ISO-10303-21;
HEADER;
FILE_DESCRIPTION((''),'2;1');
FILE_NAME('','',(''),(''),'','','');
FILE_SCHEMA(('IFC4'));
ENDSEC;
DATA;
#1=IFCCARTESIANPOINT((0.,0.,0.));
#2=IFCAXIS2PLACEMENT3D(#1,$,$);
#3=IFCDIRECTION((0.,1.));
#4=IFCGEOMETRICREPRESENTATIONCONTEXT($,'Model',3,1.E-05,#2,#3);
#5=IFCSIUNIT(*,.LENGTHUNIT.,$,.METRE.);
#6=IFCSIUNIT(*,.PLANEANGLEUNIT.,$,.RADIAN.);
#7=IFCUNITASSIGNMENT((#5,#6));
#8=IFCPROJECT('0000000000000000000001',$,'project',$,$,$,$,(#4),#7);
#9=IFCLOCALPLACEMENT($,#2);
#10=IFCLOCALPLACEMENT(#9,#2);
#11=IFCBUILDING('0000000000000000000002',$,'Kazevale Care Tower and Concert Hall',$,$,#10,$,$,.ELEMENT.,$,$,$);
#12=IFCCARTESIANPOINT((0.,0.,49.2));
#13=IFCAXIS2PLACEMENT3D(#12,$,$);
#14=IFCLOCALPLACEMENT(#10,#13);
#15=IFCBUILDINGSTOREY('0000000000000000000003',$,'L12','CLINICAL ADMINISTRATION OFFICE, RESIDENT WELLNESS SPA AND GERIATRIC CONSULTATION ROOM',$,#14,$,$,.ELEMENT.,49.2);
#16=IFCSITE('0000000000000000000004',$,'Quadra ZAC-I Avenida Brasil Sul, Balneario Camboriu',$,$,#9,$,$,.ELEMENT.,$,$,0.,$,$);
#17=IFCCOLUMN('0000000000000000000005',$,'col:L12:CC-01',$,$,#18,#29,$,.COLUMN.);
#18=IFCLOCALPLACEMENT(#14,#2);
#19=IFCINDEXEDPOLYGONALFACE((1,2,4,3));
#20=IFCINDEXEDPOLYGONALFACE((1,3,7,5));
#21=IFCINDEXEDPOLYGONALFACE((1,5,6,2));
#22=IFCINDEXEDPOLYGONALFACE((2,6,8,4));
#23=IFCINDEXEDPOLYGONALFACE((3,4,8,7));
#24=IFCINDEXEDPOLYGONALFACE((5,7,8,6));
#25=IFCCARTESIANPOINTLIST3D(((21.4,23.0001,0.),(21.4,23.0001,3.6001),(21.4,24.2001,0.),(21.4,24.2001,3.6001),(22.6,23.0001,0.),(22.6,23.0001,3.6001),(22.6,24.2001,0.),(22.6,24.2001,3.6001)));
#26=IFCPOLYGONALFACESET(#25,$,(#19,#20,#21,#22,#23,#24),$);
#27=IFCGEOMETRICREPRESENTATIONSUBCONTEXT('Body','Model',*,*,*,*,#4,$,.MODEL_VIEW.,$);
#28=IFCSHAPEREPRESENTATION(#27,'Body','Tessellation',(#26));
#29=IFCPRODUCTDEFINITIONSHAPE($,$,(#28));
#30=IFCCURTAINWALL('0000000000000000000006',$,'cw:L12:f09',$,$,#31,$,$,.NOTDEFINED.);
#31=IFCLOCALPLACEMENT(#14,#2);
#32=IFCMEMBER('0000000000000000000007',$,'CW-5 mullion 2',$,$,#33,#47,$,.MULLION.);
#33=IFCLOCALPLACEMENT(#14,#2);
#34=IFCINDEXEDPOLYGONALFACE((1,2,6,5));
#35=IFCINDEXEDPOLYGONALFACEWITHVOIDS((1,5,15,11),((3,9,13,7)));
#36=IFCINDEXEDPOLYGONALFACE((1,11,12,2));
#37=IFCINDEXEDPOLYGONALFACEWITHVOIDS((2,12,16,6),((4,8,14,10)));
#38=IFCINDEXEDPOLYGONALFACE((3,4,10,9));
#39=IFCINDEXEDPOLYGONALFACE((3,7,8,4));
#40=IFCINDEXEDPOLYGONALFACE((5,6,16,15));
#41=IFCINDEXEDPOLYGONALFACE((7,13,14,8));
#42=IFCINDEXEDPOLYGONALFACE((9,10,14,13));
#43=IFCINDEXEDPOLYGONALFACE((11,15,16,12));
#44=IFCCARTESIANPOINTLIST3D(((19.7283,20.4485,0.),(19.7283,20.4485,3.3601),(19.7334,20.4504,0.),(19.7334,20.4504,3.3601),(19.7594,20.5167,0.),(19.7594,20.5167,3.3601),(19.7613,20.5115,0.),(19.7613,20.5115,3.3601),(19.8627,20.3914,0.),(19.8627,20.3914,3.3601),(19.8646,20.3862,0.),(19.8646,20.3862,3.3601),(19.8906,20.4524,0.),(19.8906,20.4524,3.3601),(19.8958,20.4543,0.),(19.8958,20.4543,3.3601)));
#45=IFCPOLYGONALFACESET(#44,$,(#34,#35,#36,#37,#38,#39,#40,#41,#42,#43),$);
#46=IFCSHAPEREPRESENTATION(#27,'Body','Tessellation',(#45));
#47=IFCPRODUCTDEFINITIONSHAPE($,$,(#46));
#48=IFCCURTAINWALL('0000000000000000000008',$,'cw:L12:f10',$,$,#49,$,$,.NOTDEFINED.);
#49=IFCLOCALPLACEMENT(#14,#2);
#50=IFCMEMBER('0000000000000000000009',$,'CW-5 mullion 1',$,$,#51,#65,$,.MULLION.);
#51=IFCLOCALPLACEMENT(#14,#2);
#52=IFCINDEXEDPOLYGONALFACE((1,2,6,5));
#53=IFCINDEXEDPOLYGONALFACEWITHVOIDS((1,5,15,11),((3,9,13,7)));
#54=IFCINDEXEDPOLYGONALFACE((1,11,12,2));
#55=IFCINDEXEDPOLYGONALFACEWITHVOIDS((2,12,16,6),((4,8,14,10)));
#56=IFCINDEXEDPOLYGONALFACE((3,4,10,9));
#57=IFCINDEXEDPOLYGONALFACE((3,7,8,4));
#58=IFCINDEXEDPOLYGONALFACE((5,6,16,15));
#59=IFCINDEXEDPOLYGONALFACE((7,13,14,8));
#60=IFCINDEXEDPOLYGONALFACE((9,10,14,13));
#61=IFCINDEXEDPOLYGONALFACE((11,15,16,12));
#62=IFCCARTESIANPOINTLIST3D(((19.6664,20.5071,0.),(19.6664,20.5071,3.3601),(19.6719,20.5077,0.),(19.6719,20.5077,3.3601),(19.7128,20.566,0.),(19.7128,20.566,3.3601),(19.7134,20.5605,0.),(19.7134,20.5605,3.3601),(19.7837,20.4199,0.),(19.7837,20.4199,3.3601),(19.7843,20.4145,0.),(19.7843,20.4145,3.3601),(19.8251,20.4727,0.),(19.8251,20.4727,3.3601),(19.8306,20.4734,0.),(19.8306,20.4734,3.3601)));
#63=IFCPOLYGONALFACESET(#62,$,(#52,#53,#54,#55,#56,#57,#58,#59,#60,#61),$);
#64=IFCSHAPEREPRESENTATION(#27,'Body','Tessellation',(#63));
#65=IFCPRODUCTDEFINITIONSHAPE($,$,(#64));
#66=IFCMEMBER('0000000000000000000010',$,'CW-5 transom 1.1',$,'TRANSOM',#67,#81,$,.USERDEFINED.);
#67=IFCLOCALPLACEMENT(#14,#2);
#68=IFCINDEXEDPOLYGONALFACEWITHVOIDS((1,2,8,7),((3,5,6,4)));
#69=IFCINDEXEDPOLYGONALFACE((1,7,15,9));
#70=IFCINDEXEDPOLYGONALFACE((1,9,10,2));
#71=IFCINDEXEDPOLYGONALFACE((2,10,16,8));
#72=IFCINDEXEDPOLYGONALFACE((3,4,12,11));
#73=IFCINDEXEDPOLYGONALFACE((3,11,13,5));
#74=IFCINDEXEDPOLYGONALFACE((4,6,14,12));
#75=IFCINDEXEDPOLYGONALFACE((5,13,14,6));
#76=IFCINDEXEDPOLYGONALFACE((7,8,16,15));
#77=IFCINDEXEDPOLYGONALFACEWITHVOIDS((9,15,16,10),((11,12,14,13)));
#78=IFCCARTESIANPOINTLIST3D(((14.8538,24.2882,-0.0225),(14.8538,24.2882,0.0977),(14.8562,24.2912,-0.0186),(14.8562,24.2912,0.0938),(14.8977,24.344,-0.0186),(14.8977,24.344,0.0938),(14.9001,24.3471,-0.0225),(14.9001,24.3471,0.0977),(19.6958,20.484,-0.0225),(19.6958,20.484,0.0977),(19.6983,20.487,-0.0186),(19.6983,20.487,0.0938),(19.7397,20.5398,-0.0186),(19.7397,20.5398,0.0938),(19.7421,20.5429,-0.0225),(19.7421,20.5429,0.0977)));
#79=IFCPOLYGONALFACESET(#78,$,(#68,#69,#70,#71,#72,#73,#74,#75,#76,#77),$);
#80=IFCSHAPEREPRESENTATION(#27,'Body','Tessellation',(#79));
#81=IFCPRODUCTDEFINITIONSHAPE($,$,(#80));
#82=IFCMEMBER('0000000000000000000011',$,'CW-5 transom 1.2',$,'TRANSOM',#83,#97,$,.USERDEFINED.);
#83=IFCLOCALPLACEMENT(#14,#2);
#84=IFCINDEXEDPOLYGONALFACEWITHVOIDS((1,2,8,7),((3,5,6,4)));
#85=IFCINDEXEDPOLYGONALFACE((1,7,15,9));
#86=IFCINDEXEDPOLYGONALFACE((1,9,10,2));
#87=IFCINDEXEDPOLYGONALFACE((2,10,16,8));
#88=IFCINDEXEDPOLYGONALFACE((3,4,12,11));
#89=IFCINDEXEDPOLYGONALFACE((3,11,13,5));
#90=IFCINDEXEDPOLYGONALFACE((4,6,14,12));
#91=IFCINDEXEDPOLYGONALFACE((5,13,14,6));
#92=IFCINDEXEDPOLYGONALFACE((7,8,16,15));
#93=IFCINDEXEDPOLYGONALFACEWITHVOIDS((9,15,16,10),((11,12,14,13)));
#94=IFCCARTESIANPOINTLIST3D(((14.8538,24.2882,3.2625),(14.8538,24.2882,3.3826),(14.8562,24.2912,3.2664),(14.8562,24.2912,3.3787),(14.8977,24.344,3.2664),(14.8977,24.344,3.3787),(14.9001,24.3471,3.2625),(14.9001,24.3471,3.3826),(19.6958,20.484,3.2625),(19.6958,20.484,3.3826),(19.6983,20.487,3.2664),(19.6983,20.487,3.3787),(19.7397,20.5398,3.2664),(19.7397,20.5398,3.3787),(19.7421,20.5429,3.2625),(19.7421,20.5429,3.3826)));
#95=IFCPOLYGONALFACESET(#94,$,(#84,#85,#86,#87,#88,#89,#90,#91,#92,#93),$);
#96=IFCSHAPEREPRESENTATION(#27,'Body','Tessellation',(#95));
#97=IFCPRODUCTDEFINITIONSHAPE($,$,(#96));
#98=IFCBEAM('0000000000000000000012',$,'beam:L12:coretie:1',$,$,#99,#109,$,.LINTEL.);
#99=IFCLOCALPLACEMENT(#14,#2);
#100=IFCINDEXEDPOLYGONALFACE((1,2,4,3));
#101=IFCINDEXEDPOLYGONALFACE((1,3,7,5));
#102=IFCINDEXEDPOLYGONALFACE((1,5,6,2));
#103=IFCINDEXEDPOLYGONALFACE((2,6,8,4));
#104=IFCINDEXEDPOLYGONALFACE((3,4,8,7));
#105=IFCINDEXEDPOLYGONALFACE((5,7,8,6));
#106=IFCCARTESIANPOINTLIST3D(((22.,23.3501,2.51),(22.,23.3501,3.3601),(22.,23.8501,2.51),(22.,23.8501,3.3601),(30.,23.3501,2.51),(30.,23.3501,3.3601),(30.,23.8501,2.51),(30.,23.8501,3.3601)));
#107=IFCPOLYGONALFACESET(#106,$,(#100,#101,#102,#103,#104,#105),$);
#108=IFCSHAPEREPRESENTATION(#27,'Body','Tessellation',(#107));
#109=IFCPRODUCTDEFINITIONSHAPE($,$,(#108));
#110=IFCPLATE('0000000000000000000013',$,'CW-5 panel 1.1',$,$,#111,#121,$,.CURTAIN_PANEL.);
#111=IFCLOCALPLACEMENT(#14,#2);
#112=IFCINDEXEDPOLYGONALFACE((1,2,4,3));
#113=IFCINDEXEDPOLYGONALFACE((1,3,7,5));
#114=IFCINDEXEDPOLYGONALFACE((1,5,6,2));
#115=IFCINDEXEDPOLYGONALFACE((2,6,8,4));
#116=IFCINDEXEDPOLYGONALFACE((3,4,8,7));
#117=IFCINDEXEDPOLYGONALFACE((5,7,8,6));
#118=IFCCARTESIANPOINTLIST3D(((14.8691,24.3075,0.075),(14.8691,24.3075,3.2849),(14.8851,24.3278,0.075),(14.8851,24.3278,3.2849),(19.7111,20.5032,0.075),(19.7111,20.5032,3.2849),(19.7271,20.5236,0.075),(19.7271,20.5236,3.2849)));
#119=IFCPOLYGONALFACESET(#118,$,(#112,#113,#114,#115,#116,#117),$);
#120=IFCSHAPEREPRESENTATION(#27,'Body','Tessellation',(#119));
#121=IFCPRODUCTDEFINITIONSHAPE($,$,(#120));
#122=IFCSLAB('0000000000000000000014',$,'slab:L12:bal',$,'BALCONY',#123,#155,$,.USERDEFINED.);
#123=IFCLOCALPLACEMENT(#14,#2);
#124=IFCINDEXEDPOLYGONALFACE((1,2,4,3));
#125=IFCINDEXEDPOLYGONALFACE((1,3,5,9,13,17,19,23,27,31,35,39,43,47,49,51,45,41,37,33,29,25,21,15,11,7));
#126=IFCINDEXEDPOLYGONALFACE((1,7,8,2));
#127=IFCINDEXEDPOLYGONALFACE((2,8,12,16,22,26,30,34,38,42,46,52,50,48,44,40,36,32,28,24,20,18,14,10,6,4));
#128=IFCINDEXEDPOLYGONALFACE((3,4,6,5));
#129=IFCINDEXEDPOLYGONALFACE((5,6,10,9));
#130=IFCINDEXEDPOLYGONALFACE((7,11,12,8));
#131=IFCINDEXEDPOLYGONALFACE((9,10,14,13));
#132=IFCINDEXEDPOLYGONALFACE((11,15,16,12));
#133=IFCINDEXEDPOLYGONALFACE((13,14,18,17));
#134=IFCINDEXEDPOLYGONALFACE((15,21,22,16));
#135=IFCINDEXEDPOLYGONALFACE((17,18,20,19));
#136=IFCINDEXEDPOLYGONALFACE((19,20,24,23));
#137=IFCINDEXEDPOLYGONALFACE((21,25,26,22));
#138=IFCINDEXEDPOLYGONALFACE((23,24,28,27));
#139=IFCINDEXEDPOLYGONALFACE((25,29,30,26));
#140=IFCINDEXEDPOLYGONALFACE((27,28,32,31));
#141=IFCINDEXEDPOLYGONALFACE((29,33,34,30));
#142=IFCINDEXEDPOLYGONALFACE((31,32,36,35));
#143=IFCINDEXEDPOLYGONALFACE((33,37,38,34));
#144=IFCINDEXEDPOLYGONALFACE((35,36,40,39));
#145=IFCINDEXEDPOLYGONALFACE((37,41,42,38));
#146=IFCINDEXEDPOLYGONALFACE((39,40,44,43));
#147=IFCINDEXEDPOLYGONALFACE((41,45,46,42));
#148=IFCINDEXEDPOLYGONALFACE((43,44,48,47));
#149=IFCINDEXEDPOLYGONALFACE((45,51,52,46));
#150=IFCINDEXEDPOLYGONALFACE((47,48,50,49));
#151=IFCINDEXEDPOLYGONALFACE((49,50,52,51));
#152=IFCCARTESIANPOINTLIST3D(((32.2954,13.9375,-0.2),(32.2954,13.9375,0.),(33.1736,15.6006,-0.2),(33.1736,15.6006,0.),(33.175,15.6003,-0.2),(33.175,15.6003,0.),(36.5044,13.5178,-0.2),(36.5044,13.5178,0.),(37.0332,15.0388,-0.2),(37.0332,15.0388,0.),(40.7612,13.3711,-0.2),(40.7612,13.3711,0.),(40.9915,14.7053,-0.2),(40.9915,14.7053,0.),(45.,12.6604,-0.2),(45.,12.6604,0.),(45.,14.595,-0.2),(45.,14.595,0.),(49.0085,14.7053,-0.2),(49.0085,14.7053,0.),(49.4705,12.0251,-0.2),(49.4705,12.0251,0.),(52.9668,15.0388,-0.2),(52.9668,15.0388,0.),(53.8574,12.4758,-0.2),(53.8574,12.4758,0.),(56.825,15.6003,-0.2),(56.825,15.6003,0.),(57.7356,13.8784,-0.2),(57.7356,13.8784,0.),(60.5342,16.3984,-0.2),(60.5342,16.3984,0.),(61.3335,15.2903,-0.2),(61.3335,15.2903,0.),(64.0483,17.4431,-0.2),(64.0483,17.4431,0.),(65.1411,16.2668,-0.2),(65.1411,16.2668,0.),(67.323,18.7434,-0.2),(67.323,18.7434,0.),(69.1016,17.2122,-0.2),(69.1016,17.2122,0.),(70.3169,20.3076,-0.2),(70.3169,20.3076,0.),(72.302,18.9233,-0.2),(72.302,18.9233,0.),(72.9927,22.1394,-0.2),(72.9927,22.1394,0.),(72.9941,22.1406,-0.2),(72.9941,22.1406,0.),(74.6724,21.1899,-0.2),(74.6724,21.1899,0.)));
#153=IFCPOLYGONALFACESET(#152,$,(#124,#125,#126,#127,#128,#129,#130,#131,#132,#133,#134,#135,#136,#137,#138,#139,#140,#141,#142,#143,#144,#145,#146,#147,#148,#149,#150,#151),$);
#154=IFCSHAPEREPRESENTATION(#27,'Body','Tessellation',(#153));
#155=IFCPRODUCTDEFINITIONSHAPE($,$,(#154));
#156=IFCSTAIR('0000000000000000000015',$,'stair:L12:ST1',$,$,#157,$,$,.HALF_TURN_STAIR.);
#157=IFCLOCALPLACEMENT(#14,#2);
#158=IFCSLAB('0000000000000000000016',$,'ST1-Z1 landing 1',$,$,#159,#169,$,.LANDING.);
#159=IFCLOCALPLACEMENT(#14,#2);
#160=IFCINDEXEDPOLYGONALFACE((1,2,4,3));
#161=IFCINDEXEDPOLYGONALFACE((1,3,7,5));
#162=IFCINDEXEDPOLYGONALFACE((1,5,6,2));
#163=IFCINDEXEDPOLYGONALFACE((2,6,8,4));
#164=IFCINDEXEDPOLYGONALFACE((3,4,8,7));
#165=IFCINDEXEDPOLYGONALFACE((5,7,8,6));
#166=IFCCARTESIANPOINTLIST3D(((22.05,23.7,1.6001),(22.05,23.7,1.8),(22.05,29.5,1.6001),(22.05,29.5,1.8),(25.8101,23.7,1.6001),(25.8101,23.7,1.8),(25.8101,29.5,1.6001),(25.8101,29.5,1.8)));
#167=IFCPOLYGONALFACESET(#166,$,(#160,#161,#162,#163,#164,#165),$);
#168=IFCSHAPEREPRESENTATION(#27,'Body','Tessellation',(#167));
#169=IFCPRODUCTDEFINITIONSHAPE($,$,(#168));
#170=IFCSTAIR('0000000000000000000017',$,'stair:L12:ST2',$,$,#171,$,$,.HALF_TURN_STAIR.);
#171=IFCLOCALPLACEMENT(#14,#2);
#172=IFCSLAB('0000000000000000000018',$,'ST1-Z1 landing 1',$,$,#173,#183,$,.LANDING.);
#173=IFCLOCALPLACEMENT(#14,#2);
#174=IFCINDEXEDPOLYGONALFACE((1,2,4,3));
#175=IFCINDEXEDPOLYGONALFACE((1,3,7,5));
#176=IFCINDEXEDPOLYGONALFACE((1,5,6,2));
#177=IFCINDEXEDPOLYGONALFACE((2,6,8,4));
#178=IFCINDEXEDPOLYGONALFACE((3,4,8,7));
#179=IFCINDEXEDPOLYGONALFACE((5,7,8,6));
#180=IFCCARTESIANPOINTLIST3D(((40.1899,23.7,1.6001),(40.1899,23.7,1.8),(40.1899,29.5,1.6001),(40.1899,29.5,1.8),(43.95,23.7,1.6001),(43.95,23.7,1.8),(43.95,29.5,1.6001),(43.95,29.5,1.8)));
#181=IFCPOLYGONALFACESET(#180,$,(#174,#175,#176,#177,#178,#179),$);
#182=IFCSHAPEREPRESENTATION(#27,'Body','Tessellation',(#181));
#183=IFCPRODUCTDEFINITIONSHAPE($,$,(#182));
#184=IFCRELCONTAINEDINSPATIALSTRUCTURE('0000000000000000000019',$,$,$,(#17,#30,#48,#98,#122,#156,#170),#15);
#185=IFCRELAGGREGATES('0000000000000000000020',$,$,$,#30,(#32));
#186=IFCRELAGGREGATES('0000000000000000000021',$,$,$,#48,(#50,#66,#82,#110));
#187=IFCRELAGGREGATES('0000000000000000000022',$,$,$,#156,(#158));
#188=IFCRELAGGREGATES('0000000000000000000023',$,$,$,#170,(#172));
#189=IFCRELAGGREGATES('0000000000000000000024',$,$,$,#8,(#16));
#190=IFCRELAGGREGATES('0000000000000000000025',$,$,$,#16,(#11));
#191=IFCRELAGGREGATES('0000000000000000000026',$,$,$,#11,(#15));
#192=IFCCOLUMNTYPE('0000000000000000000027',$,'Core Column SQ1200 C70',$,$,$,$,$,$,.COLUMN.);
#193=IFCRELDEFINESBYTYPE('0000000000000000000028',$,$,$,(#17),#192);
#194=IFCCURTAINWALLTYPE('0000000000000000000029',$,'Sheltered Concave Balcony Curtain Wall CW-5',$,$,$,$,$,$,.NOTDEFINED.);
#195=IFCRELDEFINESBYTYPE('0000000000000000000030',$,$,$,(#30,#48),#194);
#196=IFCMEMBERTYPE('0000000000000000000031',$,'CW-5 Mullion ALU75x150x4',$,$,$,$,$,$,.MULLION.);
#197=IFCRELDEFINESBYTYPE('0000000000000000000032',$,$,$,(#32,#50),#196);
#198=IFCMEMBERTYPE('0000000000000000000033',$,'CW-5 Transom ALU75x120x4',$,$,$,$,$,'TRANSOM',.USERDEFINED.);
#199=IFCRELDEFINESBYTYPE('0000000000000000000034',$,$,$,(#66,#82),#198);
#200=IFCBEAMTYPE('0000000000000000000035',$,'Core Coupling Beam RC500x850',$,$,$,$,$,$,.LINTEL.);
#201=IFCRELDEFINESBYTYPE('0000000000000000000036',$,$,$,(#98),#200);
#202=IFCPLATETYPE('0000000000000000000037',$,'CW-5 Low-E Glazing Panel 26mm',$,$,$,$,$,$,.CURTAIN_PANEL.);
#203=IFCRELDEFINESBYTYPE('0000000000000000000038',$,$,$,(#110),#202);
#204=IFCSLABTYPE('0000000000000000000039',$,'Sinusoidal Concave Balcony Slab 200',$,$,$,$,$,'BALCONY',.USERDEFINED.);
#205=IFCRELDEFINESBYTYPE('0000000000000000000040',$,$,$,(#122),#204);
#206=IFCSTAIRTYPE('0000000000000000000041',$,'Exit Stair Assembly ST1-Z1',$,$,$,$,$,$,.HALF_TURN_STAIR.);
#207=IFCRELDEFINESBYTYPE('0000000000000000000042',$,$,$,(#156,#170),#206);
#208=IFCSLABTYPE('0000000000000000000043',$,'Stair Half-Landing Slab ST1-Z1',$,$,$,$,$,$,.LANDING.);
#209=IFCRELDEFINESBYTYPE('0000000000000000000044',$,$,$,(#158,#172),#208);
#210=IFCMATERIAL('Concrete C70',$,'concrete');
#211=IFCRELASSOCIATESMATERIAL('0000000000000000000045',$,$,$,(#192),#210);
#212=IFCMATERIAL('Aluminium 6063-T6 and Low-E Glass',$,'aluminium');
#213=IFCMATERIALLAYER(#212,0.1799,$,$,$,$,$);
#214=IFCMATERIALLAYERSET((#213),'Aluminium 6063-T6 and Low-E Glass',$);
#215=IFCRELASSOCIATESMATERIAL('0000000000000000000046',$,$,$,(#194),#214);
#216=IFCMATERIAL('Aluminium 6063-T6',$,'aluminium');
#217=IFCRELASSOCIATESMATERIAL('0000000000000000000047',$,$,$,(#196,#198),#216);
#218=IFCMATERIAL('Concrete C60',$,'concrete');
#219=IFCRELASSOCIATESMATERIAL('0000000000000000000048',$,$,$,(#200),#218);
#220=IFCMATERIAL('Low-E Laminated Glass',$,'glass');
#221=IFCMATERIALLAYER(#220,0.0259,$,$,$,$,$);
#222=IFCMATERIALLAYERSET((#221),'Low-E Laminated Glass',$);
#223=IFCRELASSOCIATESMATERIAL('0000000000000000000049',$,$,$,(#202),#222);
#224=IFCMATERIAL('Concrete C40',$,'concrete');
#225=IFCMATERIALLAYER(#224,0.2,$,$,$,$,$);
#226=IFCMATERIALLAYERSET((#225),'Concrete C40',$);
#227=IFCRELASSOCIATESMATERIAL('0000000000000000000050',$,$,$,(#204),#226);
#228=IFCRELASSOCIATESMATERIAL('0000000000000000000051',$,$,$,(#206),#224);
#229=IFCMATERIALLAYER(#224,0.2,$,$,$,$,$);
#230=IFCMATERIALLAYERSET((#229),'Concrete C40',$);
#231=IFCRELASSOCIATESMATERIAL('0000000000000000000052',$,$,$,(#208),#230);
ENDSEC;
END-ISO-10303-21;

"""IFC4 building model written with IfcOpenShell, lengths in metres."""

from ifc_helpers import new_model, si_unit, direction, frame, origin, origin_2d, place, context, subcontext, project, spatial, polyline, rectangle, hollow_rectangle, outline, extrude, material, layer, layer_set, material_profile, profile_set, type_object, element, aggregate, save


model = new_model("IFC4")

# Units and contexts
model_context = context("Model", 3, precision=1e-05, world=origin(), true_north=direction((0.0, 1.0)))
body_context = subcontext(model_context, "Body", "Model", "MODEL_VIEW")
ifc_project = project(units=[si_unit("LENGTHUNIT", "METRE"), si_unit("PLANEANGLEUNIT", "RADIAN")], contexts=[model_context])

# Site, building, storey
site_placement = place(None, origin())
site = spatial("IfcSite", under=ifc_project, at=site_placement, Name="Quadra ZAC-I Avenida Brasil Sul, Balneario Camboriu", CompositionType="ELEMENT", RefElevation=0.0)
building_placement = place(site_placement, origin())
building = spatial("IfcBuilding", under=site, at=building_placement, Name="Kazevale Care Tower and Concert Hall", CompositionType="ELEMENT")
storey_placement = place(building_placement, frame((0.0, 0.0, 49.2)))
storey = spatial("IfcBuildingStorey", under=building, at=storey_placement, Name="L12", Description="CLINICAL ADMINISTRATION OFFICE, RESIDENT WELLNESS SPA AND GERIATRIC CONSULTATION ROOM", CompositionType="ELEMENT", Elevation=49.2)

# Column
ifc_material_1 = material(Name="Concrete C70", Category="concrete")
ifc_material_profile_1 = material_profile(ifc_material_1, rectangle(XDim=1.2, YDim=1.2, at=origin_2d()), Name="RC-SQ1200")
ifc_profile_set_1 = profile_set([ifc_material_profile_1], Name="Concrete C70")
column_type = type_object("IfcColumnType", Name="Core Column SQ1200 C70", PredefinedType="COLUMN", material=ifc_profile_set_1)
column_placement = place(storey_placement, frame((22.0, 23.6001, 0.0), z_axis=(0.0, 0.0, 1.0), x_axis=(1.0, 0.0, 0.0)))
element("IfcColumn", 1, at=column_placement, inside=storey, type_object=column_type, Name="col:L12:CC-01", PredefinedType="COLUMN", context=body_context, shape_type="SweptSolid", body=[
    extrude(rectangle(XDim=1.2, YDim=1.2, at=origin_2d()), origin(), (0.0, 0.0, 1.0), 3.6001),
])

# Curtain wall, member
ifc_material_2 = material(Name="Aluminium 6063-T6 and Low-E Glass", Category="aluminium")
ifc_layer_1 = layer(ifc_material_2, 0.1799)
ifc_layer_set_1 = layer_set([ifc_layer_1], Name="Aluminium 6063-T6 and Low-E Glass")
curtain_wall_type = type_object("IfcCurtainWallType", Name="Sheltered Concave Balcony Curtain Wall CW-5", PredefinedType="NOTDEFINED", material=ifc_layer_set_1)
curtain_wall_1_placement = place(storey_placement, origin())
curtain_wall_1 = element("IfcCurtainWall", 2, at=curtain_wall_1_placement, inside=storey, type_object=curtain_wall_type, Name="cw:L12:f09", PredefinedType="NOTDEFINED")
ifc_material_3 = material(Name="Aluminium 6063-T6", Category="aluminium")
ifc_material_profile_2 = material_profile(ifc_material_3, hollow_rectangle(XDim=0.075, YDim=0.1499, WallThickness=0.0039, at=origin_2d()), Name="ALU75x150x4")
ifc_profile_set_2 = profile_set([ifc_material_profile_2], Name="Aluminium 6063-T6")
member_type_1 = type_object("IfcMemberType", Name="CW-5 Mullion ALU75x150x4", PredefinedType="MULLION", material=ifc_profile_set_2)
member_1_placement = place(storey_placement, frame((19.812, 20.4514, 0.0), z_axis=(0.0, 0.0, 1.0), x_axis=(-0.41566, -0.90952, 0.0)))
member_1 = element("IfcMember", 3, at=member_1_placement, type_object=member_type_1, Name="CW-5 mullion 2", PredefinedType="MULLION", context=body_context, shape_type="SweptSolid", body=[
    extrude(hollow_rectangle(XDim=0.075, YDim=0.1499, WallThickness=0.0039, at=origin_2d()), origin(), (0.0, 0.0, 1.0), 3.3601),
])
aggregate(curtain_wall_1, [member_1])

# Curtain wall, members
curtain_wall_2_placement = place(storey_placement, origin())
curtain_wall_2 = element("IfcCurtainWall", 4, at=curtain_wall_2_placement, inside=storey, type_object=curtain_wall_type, Name="cw:L12:f10", PredefinedType="NOTDEFINED")
member_2_placement = place(storey_placement, frame((19.7485, 20.4902, 0.0), z_axis=(0.0, 0.0, 1.0), x_axis=(-0.617808, -0.786329, 0.0)))
member_2 = element("IfcMember", 5, at=member_2_placement, type_object=member_type_1, Name="CW-5 mullion 1", PredefinedType="MULLION", context=body_context, shape_type="SweptSolid", body=[
    extrude(hollow_rectangle(XDim=0.075, YDim=0.1499, WallThickness=0.0039, at=origin_2d()), origin(), (0.0, 0.0, 1.0), 3.3601),
])
ifc_material_profile_3 = material_profile(ifc_material_3, hollow_rectangle(XDim=0.075, YDim=0.1201, WallThickness=0.0039, at=origin_2d()), Name="ALU75x120x4")
ifc_profile_set_3 = profile_set([ifc_material_profile_3], Name="Aluminium 6063-T6")
member_type_2 = type_object("IfcMemberType", Name="CW-5 Transom ALU75x120x4", ElementType="TRANSOM", PredefinedType="USERDEFINED", material=ifc_profile_set_3)
member_3_placement = place(storey_placement, frame((19.719, 20.5134, 0.0376), z_axis=(-0.786339, 0.617795, 0.0), x_axis=(-0.617795, -0.786339, 0.0)))
member_3 = element("IfcMember", 6, at=member_3_placement, type_object=member_type_2, Name="CW-5 transom 1.1", ObjectType="TRANSOM", PredefinedType="USERDEFINED", context=body_context, shape_type="SweptSolid", body=[
    extrude(hollow_rectangle(XDim=0.075, YDim=0.1201, WallThickness=0.0039, at=origin_2d()), origin(), (0.0, 0.0, 1.0), 6.1577),
])
member_4_placement = place(storey_placement, frame((19.719, 20.5134, 3.3225), z_axis=(-0.786339, 0.617795, 0.0), x_axis=(-0.617795, -0.786339, 0.0)))
member_4 = element("IfcMember", 7, at=member_4_placement, type_object=member_type_2, Name="CW-5 transom 1.2", ObjectType="TRANSOM", PredefinedType="USERDEFINED", context=body_context, shape_type="SweptSolid", body=[
    extrude(hollow_rectangle(XDim=0.075, YDim=0.1201, WallThickness=0.0039, at=origin_2d()), origin(), (0.0, 0.0, 1.0), 6.1577),
])

# Beam
ifc_material_4 = material(Name="Concrete C60", Category="concrete")
ifc_material_profile_4 = material_profile(ifc_material_4, rectangle(XDim=0.5, YDim=0.8501, at=origin_2d()), Name="RC-B500x850")
ifc_profile_set_4 = profile_set([ifc_material_profile_4], Name="Concrete C60")
beam_type = type_object("IfcBeamType", Name="Core Coupling Beam RC500x850", PredefinedType="LINTEL", material=ifc_profile_set_4)
beam_placement = place(storey_placement, frame((22.0, 23.6001, 2.9351), z_axis=(1.0, 0.0, 0.0), x_axis=(0.0, 1.0, 0.0)))
element("IfcBeam", 8, at=beam_placement, inside=storey, type_object=beam_type, Name="beam:L12:coretie:1", PredefinedType="LINTEL", context=body_context, shape_type="SweptSolid", body=[
    extrude(rectangle(XDim=0.5, YDim=0.8501, at=origin_2d()), origin(), (0.0, 0.0, 1.0), 8.0),
])

# Plate
ifc_material_5 = material(Name="Low-E Laminated Glass", Category="glass")
ifc_layer_2 = layer(ifc_material_5, 0.0259)
ifc_layer_set_2 = layer_set([ifc_layer_2], Name="Low-E Laminated Glass")
plate_type = type_object("IfcPlateType", Name="CW-5 Low-E Glazing Panel 26mm", PredefinedType="CURTAIN_PANEL", material=ifc_layer_set_2)
plate_placement = place(storey_placement, frame((17.2981, 22.4155, 0.075), z_axis=(0.0, 0.0, 1.0), x_axis=(-0.786329, 0.617808, 0.0)))
plate = element("IfcPlate", 9, at=plate_placement, type_object=plate_type, Name="CW-5 panel 1.1", PredefinedType="CURTAIN_PANEL", context=body_context, shape_type="SweptSolid", body=[
    extrude(rectangle(XDim=6.1577, YDim=0.0259, at=origin_2d()), origin(), (0.0, 0.0, 1.0), 3.21),
])
aggregate(curtain_wall_2, [member_2, member_3, member_4, plate])

# Slab
ifc_material_6 = material(Name="Concrete C40", Category="concrete")
ifc_layer_3 = layer(ifc_material_6, 0.2)
ifc_layer_set_3 = layer_set([ifc_layer_3], Name="Concrete C40")
slab_type_1 = type_object("IfcSlabType", Name="Sinusoidal Concave Balcony Slab 200", ElementType="BALCONY", PredefinedType="USERDEFINED", material=ifc_layer_set_3)
slab_1_placement = place(storey_placement, frame((0.0, 0.0, -0.2)))
element("IfcSlab", 10, at=slab_1_placement, inside=storey, type_object=slab_type_1, Name="slab:L12:bal", ObjectType="BALCONY", PredefinedType="USERDEFINED", context=body_context, shape_type="SweptSolid", body=[
    extrude(outline(polyline([(74.6724, 21.1899), (72.302, 18.9233), (69.1016, 17.2122), (65.1411, 16.2668), (61.3335, 15.2903), (57.7356, 13.8784), (53.8574, 12.4758), (49.4705, 12.0251), (45.0, 12.6604), (40.7612, 13.3711), (36.5044, 13.5178), (32.2954, 13.9375), (33.1736, 15.6006), (33.175, 15.6003), (37.0332, 15.0388), (40.9915, 14.7053), (45.0, 14.595), (49.0085, 14.7053), (52.9668, 15.0388), (56.825, 15.6003), (60.5342, 16.3984), (64.0483, 17.4431), (67.323, 18.7434), (70.3169, 20.3076), (72.9927, 22.1394), (72.9941, 22.1406), (74.6724, 21.1899)])), origin(), (0.0, 0.0, 1.0), 0.2),
])

# Stairs, slabs
stair_type = type_object("IfcStairType", Name="Exit Stair Assembly ST1-Z1", PredefinedType="HALF_TURN_STAIR", material=ifc_material_6)
stair_1_placement = place(storey_placement, origin())
stair_1 = element("IfcStair", 11, at=stair_1_placement, inside=storey, type_object=stair_type, Name="stair:L12:ST1", PredefinedType="HALF_TURN_STAIR")
ifc_layer_4 = layer(ifc_material_6, 0.2)
ifc_layer_set_4 = layer_set([ifc_layer_4], Name="Concrete C40")
slab_type_2 = type_object("IfcSlabType", Name="Stair Half-Landing Slab ST1-Z1", PredefinedType="LANDING", material=ifc_layer_set_4)
slab_2_placement = place(storey_placement, frame((0.0, 0.0, 1.6001)))
slab_2 = element("IfcSlab", 12, at=slab_2_placement, type_object=slab_type_2, Name="ST1-Z1 landing 1", PredefinedType="LANDING", context=body_context, shape_type="SweptSolid", body=[
    extrude(outline(polyline([(22.05, 23.7), (25.8101, 23.7), (25.8101, 29.5), (22.05, 29.5), (22.05, 23.7)])), origin(), (0.0, 0.0, 1.0), 0.2),
])
aggregate(stair_1, [slab_2])
stair_2_placement = place(storey_placement, origin())
stair_2 = element("IfcStair", 13, at=stair_2_placement, inside=storey, type_object=stair_type, Name="stair:L12:ST2", PredefinedType="HALF_TURN_STAIR")
slab_3_placement = place(storey_placement, frame((0.0, 0.0, 1.6001)))
slab_3 = element("IfcSlab", 14, at=slab_3_placement, type_object=slab_type_2, Name="ST1-Z1 landing 1", PredefinedType="LANDING", context=body_context, shape_type="SweptSolid", body=[
    extrude(outline(polyline([(40.1899, 23.7), (43.95, 23.7), (43.95, 29.5), (40.1899, 29.5), (40.1899, 23.7)])), origin(), (0.0, 0.0, 1.0), 0.2),
])
aggregate(stair_2, [slab_3])

save(model, "model.ifc")
